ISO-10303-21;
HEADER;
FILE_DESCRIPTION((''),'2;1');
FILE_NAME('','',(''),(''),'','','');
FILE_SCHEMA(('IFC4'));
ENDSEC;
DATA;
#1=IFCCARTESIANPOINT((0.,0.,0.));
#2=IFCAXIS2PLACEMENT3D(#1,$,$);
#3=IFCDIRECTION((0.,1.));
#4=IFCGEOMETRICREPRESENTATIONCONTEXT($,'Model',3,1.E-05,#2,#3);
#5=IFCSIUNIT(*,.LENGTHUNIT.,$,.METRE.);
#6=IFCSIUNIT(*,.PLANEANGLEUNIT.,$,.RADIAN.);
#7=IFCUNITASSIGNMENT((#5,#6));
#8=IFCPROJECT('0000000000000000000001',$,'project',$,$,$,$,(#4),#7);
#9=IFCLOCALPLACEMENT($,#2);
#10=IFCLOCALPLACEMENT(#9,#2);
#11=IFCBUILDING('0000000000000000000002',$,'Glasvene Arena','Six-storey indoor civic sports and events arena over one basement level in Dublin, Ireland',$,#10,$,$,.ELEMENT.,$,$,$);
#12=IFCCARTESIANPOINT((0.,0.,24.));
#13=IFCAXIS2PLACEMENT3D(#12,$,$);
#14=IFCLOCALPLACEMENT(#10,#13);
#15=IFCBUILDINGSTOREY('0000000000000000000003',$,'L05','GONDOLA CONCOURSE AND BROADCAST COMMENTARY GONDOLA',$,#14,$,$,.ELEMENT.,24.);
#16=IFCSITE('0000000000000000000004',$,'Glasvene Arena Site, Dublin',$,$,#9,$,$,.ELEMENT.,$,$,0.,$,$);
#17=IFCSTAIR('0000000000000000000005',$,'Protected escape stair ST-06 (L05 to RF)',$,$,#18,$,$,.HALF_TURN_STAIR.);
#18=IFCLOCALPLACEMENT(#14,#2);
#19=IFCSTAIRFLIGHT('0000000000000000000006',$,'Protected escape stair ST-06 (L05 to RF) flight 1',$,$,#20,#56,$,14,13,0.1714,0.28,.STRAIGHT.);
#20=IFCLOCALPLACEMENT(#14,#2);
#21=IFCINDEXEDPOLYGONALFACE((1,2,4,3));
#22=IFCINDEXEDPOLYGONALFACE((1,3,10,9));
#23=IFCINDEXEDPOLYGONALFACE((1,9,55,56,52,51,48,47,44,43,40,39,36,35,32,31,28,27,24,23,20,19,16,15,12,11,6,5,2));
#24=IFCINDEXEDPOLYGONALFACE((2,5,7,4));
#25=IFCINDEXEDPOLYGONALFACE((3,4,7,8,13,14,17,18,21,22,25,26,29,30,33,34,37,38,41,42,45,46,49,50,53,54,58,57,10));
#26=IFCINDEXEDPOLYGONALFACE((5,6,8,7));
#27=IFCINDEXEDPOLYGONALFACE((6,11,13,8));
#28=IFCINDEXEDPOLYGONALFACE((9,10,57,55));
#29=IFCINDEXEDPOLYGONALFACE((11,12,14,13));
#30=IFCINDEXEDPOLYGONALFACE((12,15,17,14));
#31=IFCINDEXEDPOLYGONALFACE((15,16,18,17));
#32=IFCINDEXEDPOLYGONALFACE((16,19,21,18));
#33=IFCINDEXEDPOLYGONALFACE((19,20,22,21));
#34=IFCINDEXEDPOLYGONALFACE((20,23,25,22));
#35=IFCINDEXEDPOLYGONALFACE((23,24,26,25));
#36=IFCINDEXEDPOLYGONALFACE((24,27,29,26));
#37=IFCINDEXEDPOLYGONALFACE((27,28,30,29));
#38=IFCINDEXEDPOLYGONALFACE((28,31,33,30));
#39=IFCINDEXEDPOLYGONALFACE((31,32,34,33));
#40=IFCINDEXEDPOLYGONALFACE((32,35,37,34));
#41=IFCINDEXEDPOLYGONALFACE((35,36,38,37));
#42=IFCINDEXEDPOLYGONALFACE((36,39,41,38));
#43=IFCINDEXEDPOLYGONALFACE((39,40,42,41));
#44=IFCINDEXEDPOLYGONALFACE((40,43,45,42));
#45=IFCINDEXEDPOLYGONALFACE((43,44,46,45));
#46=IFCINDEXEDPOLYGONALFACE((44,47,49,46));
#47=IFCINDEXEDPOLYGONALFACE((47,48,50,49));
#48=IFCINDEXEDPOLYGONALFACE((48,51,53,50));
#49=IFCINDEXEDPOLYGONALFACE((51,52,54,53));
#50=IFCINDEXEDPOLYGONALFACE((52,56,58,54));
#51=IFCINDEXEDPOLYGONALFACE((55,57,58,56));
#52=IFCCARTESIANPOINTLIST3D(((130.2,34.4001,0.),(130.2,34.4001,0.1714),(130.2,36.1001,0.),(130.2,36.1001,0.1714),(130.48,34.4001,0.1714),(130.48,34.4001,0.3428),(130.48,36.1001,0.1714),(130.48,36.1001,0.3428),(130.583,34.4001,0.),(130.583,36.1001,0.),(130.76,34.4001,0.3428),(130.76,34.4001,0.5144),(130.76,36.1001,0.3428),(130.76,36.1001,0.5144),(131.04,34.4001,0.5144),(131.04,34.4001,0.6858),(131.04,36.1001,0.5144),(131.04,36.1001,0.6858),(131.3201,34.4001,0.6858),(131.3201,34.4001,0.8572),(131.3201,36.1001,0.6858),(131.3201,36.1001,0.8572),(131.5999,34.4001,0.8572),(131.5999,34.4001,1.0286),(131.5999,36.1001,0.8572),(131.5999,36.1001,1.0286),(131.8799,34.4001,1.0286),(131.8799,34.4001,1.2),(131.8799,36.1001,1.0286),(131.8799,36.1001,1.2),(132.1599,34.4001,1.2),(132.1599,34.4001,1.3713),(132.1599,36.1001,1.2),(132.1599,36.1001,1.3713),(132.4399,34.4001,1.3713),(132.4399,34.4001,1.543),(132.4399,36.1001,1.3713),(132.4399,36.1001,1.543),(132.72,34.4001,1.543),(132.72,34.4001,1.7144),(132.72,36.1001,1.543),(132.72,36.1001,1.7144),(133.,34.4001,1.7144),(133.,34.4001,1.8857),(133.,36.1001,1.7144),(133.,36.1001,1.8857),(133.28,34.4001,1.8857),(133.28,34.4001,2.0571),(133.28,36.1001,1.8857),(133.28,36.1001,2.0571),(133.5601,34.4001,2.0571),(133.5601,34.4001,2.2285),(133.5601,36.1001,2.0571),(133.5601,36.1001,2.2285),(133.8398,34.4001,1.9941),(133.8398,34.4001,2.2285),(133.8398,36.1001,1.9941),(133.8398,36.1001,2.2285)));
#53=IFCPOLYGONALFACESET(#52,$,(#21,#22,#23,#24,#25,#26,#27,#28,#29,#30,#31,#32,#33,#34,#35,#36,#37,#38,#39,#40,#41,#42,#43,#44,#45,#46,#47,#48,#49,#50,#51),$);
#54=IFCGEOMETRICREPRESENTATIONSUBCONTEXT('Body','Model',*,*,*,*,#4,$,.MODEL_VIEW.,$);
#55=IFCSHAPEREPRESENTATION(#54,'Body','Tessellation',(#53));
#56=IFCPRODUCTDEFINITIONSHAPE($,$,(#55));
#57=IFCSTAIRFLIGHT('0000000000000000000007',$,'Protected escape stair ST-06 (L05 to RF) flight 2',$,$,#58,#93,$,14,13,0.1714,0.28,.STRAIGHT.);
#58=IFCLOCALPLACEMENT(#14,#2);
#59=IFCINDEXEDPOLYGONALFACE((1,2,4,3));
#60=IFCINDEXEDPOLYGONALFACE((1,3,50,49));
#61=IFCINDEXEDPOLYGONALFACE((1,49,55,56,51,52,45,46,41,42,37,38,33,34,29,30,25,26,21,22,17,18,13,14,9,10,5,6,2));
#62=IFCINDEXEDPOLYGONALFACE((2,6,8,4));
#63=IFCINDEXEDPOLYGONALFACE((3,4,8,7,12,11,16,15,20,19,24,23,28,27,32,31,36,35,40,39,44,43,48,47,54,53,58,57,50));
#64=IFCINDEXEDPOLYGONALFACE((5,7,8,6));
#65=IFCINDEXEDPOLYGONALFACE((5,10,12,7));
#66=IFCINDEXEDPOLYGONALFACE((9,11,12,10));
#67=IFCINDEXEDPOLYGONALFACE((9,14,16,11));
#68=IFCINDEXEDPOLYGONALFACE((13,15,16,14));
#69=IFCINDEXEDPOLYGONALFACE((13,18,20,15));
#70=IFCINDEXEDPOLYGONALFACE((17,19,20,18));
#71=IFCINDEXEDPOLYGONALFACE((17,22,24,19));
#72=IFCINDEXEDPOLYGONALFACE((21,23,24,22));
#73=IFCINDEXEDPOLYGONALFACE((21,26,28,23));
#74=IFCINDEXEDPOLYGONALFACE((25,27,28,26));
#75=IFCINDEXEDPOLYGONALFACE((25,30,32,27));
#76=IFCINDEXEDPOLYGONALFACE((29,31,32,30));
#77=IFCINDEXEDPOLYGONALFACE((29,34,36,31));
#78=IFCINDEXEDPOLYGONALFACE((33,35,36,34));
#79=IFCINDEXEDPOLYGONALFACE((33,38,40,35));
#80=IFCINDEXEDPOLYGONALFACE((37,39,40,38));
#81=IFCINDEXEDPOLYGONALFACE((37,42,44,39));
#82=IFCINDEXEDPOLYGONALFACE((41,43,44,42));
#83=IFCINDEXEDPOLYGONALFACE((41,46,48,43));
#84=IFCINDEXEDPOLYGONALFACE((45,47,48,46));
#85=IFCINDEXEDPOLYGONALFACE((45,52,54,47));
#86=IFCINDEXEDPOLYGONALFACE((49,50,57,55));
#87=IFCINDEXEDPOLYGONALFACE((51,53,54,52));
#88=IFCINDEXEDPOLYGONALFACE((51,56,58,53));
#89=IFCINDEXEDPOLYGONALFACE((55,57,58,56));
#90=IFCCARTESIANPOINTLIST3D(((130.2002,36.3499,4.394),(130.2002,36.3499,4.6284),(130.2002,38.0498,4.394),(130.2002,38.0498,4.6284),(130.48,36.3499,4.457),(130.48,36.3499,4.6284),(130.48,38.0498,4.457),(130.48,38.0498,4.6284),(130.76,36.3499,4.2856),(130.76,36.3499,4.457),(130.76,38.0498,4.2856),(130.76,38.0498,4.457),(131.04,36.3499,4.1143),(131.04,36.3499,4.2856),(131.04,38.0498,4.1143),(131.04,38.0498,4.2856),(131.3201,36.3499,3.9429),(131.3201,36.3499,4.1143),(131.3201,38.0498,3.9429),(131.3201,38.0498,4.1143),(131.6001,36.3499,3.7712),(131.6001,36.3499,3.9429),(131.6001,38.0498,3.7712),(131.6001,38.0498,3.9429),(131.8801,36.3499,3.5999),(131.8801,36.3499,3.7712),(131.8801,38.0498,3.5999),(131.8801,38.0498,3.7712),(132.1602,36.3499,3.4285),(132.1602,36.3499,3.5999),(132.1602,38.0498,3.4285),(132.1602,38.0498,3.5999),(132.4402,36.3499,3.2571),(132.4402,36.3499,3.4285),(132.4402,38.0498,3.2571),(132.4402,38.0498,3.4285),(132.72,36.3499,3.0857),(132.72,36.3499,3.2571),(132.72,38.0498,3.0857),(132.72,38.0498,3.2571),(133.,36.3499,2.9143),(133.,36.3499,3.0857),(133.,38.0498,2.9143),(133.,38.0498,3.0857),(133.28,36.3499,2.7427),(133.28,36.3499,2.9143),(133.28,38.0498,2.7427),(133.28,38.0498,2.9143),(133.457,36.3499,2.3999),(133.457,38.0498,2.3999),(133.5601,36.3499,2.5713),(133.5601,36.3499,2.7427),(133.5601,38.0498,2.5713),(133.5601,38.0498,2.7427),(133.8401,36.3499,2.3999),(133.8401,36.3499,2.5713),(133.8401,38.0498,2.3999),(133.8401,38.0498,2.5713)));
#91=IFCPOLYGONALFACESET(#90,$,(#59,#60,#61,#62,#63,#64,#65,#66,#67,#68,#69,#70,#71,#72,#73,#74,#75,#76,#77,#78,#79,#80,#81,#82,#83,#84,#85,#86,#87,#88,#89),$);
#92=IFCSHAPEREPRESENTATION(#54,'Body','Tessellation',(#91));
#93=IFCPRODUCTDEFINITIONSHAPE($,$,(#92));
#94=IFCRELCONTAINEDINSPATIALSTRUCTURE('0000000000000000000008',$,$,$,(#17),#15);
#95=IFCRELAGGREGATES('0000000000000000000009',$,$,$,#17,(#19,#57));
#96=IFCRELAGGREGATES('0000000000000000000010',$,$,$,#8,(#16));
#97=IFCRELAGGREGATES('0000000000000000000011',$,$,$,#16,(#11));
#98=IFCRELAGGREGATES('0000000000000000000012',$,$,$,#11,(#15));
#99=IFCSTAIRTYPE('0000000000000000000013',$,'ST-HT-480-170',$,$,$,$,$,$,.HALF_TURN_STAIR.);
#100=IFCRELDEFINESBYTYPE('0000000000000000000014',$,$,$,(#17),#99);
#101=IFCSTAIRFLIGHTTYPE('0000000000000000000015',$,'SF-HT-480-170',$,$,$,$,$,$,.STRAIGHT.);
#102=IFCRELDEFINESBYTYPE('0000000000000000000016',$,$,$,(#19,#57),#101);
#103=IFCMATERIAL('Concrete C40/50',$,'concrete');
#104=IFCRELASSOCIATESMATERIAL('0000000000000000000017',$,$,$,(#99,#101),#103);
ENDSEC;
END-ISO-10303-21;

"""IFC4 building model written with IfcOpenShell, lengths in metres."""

from ifc_helpers import new_model, si_unit, direction, frame, origin, place, context, subcontext, project, spatial, polyline, outline, extrude, material, type_object, element, aggregate, save


model = new_model("IFC4")

# Units and contexts
model_context = context("Model", 3, precision=1e-05, world=origin(), true_north=direction((0.0, 1.0)))
body_context = subcontext(model_context, "Body", "Model", "MODEL_VIEW")
ifc_project = project(units=[si_unit("LENGTHUNIT", "METRE"), si_unit("PLANEANGLEUNIT", "RADIAN")], contexts=[model_context])

# Site, building, storey
site_placement = place(None, origin())
site = spatial("IfcSite", under=ifc_project, at=site_placement, Name="Glasvene Arena Site, Dublin", CompositionType="ELEMENT", RefElevation=0.0)
building_placement = place(site_placement, origin())
building = spatial("IfcBuilding", under=site, at=building_placement, Name="Glasvene Arena", Description="Six-storey indoor civic sports and events arena over one basement level in Dublin, Ireland", CompositionType="ELEMENT")
storey_placement = place(building_placement, frame((0.0, 0.0, 24.0)))
storey = spatial("IfcBuildingStorey", under=building, at=storey_placement, Name="L05", Description="GONDOLA CONCOURSE AND BROADCAST COMMENTARY GONDOLA", CompositionType="ELEMENT", Elevation=24.0)

# Stair
ifc_material_1 = material(Name="Concrete C40/50", Category="concrete")
stair_type = type_object("IfcStairType", Name="ST-HT-480-170", PredefinedType="HALF_TURN_STAIR", material=ifc_material_1)
stair_placement = place(storey_placement, origin())
stair = element("IfcStair", 1, at=stair_placement, inside=storey, type_object=stair_type, Name="Protected escape stair ST-06 (L05 to RF)", PredefinedType="HALF_TURN_STAIR")

# Stair flights
stair_flight_type = type_object("IfcStairFlightType", Name="SF-HT-480-170", PredefinedType="STRAIGHT", material=ifc_material_1)
stair_flight_1_placement = place(storey_placement, frame((130.2, 35.25, 0.0), z_axis=(0.0, 0.0, 1.0), x_axis=(1.0, 0.0, 0.0)))
stair_flight_1 = element("IfcStairFlight", 2, at=stair_flight_1_placement, type_object=stair_flight_type, Name="Protected escape stair ST-06 (L05 to RF) flight 1", NumberOfRisers=14, NumberOfTreads=13, PredefinedType="STRAIGHT", RiserHeight=0.1714, TreadLength=0.28, context=body_context, shape_type="SweptSolid", body=[
    extrude(outline(polyline([(0.0, 0.0), (0.0, 0.1714), (0.28, 0.1714), (0.28, 0.3428), (0.5601, 0.3428), (0.5601, 0.5144), (0.8401, 0.5144), (0.8401, 0.6858), (1.1201, 0.6858), (1.1201, 0.8572), (1.3999, 0.8572), (1.3999, 1.0286), (1.6799, 1.0286), (1.6799, 1.2), (1.96, 1.2), (1.96, 1.3713), (2.24, 1.3713), (2.24, 1.543), (2.52, 1.543), (2.52, 1.7144), (2.8, 1.7144), (2.8, 1.8857), (3.0801, 1.8857), (3.0801, 2.0571), (3.3601, 2.0571), (3.3601, 2.2285), (3.6399, 2.2285), (3.6399, 2.3999), (3.6399, 1.9941), (0.3831, 0.0), (0.0, 0.0)])), frame((0.0, 0.8501, 0.0), z_axis=(0.0, -1.0, 0.0), x_axis=(1.0, 0.0, 0.0)), (0.0, 0.0, 1.0), 1.7),
])
stair_flight_2_placement = place(storey_placement, frame((133.8401, 37.2, 2.3999), z_axis=(0.0, 0.0, 1.0), x_axis=(-1.0, 0.0, 0.0)))
stair_flight_2 = element("IfcStairFlight", 3, at=stair_flight_2_placement, type_object=stair_flight_type, Name="Protected escape stair ST-06 (L05 to RF) flight 2", NumberOfRisers=14, NumberOfTreads=13, PredefinedType="STRAIGHT", RiserHeight=0.1714, TreadLength=0.28, context=body_context, shape_type="SweptSolid", body=[
    extrude(outline(polyline([(0.0, 0.0), (0.0, 0.1714), (0.28, 0.1714), (0.28, 0.3428), (0.5601, 0.3428), (0.5601, 0.5144), (0.8401, 0.5144), (0.8401, 0.6858), (1.1201, 0.6858), (1.1201, 0.8572), (1.3999, 0.8572), (1.3999, 1.0286), (1.6799, 1.0286), (1.6799, 1.2), (1.96, 1.2), (1.96, 1.3713), (2.24, 1.3713), (2.24, 1.543), (2.52, 1.543), (2.52, 1.7144), (2.8, 1.7144), (2.8, 1.8857), (3.0801, 1.8857), (3.0801, 2.0571), (3.3601, 2.0571), (3.3601, 2.2285), (3.6399, 2.2285), (3.6399, 2.3999), (3.6399, 1.9941), (0.3831, 0.0), (0.0, 0.0)])), frame((0.0, 0.8501, 0.0), z_axis=(0.0, -1.0, 0.0), x_axis=(1.0, 0.0, 0.0)), (0.0, 0.0, 1.0), 1.7),
])
aggregate(stair, [stair_flight_1, stair_flight_2])

save(model, "model.ifc")
